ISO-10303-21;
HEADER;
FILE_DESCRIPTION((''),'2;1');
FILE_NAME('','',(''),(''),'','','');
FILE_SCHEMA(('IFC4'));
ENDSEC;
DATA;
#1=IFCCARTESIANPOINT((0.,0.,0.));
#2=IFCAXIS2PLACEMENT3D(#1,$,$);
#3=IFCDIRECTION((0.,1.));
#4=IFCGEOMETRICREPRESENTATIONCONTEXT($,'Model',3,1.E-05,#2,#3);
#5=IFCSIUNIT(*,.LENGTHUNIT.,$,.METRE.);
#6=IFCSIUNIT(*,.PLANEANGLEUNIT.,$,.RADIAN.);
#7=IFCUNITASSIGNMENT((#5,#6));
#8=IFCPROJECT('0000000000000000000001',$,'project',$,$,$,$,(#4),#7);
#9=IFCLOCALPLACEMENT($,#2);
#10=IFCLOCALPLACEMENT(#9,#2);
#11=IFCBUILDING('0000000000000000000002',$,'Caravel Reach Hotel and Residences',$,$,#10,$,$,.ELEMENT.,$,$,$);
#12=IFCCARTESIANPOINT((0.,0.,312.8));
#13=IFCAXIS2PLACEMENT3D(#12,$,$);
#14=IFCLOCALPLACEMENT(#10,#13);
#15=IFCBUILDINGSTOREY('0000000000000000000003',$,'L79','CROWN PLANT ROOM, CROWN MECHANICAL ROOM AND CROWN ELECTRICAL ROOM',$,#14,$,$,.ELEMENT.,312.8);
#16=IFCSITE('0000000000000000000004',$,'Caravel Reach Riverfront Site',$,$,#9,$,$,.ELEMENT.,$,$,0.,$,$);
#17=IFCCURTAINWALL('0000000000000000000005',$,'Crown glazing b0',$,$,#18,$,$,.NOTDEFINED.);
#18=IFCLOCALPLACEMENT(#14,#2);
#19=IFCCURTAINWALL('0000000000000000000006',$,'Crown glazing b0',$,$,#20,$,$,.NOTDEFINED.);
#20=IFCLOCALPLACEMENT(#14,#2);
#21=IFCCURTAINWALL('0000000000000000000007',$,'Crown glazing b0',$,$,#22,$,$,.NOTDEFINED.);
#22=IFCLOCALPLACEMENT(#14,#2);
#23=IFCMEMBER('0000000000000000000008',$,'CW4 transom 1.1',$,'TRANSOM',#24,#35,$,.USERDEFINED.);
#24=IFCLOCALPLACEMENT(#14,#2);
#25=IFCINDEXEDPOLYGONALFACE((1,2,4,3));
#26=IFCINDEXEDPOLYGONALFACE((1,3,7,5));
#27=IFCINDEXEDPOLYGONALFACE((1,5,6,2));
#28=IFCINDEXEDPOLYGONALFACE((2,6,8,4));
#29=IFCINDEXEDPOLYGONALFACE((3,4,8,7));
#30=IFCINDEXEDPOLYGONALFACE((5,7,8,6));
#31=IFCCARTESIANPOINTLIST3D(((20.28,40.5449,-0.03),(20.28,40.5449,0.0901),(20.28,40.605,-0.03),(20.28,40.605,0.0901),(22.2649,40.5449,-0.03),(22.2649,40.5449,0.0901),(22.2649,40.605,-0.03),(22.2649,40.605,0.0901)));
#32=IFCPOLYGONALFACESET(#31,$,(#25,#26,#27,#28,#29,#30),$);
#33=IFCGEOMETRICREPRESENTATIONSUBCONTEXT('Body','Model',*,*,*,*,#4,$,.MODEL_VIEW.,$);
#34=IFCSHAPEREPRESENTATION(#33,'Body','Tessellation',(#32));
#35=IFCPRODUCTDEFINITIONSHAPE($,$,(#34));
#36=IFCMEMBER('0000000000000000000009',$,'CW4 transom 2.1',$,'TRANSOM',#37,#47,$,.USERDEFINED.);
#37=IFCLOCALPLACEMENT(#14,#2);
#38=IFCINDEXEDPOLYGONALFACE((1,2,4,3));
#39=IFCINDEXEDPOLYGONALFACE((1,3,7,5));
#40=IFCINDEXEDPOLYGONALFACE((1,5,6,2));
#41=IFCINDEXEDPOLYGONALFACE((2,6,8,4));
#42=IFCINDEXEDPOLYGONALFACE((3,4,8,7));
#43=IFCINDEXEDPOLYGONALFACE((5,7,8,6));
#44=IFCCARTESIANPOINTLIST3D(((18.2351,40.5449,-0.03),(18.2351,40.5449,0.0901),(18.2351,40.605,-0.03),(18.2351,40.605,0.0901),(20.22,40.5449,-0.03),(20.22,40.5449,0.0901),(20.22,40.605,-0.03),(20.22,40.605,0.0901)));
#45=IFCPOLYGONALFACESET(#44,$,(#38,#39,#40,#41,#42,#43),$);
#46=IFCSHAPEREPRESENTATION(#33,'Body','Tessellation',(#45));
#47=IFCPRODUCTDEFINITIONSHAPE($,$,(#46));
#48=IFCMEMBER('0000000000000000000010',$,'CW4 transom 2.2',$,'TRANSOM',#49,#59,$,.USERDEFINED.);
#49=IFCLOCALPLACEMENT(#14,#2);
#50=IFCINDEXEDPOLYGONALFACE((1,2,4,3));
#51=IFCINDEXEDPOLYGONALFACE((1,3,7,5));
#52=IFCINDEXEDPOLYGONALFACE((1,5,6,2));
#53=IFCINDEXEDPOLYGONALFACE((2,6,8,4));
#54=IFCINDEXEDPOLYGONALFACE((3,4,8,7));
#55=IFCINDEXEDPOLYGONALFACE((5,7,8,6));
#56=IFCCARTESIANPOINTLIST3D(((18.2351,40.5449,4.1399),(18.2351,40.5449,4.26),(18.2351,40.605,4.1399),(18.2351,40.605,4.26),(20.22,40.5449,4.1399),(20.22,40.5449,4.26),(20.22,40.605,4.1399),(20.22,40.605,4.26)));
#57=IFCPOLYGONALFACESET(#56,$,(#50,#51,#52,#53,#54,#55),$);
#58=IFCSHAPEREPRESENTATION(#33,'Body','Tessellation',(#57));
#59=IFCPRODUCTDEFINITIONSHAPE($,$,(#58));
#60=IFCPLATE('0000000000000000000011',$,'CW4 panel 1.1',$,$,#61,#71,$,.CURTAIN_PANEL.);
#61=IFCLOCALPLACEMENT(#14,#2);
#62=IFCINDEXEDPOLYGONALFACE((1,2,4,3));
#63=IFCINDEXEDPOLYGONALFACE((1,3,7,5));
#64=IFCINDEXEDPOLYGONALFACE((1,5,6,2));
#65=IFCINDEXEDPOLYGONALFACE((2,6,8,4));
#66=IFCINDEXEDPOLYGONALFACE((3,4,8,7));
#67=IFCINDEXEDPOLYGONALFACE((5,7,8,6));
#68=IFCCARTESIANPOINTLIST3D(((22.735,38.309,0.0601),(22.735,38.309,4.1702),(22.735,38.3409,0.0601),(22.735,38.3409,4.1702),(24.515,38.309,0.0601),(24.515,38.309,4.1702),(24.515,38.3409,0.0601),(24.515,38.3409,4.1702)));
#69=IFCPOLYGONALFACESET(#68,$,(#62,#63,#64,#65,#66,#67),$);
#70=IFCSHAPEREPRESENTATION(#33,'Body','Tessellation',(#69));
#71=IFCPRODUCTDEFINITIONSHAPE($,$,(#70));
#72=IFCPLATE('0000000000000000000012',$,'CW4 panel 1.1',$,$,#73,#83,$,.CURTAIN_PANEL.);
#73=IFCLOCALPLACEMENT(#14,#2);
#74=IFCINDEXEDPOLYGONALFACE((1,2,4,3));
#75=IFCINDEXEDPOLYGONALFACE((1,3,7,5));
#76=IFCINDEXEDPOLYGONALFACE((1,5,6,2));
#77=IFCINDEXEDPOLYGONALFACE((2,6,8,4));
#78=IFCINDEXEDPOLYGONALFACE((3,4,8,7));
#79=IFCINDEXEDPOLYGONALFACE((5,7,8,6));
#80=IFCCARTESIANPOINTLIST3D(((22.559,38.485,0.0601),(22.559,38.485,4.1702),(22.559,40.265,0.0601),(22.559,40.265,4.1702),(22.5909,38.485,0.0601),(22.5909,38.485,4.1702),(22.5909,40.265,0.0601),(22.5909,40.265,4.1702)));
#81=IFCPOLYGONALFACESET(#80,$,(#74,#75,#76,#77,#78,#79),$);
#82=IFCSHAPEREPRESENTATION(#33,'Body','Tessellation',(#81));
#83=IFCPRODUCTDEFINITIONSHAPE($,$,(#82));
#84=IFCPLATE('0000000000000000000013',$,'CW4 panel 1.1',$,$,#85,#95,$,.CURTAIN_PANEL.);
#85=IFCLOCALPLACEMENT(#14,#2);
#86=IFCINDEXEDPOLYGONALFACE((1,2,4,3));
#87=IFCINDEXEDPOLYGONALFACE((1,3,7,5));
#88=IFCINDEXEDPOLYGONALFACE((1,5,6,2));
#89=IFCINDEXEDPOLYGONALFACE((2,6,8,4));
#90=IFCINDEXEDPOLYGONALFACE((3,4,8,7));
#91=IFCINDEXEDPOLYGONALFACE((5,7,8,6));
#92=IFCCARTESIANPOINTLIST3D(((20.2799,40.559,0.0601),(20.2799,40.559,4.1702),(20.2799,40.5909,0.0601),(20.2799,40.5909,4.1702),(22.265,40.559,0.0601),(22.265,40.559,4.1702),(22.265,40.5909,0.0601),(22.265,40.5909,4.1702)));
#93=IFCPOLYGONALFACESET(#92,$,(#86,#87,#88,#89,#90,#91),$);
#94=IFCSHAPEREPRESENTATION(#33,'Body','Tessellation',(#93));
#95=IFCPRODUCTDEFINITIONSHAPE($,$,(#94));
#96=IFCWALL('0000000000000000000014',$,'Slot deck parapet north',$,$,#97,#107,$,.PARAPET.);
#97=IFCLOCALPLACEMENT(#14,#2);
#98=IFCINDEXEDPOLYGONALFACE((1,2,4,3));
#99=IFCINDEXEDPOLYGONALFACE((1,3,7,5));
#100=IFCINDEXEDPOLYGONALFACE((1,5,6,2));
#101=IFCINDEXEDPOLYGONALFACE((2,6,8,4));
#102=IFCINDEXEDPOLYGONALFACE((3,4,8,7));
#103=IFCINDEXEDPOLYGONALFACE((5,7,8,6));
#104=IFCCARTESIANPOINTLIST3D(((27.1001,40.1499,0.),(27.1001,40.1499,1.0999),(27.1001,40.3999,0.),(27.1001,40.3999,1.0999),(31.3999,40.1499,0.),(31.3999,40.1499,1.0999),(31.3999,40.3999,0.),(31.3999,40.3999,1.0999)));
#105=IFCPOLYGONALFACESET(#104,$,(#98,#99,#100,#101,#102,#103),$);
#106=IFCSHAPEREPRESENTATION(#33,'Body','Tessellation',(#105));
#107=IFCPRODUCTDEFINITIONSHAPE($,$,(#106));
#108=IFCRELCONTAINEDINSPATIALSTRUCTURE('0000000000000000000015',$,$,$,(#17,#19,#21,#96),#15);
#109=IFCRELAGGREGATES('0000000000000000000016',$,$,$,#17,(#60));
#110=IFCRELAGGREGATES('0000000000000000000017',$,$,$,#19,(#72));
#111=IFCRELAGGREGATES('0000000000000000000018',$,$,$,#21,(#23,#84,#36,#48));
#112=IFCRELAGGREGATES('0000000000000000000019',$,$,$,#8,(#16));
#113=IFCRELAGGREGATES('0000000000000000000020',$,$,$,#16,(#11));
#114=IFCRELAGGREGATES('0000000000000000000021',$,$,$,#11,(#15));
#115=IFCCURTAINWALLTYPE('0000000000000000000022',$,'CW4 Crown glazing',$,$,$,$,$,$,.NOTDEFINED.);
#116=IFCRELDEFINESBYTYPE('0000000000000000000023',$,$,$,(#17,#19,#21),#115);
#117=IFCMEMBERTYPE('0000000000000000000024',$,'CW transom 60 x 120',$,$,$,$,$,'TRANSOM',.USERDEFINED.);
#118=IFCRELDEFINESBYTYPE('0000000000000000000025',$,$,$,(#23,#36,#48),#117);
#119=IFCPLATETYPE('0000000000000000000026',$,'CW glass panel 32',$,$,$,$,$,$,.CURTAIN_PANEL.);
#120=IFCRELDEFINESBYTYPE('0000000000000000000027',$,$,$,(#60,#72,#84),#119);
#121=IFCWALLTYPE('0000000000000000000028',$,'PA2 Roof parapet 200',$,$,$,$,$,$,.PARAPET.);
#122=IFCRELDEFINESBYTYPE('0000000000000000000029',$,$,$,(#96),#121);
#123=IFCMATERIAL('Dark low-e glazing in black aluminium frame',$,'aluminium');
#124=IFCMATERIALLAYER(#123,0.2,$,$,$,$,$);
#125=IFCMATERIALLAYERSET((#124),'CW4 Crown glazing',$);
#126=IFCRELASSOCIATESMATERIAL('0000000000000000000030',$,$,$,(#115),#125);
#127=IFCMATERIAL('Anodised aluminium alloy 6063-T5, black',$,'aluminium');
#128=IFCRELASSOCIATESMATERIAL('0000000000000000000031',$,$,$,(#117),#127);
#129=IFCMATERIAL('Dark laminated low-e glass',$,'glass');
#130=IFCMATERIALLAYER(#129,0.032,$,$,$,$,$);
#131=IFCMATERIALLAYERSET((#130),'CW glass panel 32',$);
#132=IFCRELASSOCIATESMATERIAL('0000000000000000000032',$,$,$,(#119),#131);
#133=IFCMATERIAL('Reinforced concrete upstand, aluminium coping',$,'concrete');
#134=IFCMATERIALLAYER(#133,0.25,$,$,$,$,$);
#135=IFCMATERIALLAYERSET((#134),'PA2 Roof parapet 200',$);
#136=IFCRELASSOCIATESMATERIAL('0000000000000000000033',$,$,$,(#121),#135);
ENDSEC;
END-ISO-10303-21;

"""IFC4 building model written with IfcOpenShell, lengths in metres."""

from ifc_helpers import new_model, si_unit, direction, frame, frame_2d, origin, origin_2d, place, context, subcontext, project, spatial, rectangle, extrude, material, layer, layer_set, material_profile, profile_set, type_object, element, aggregate, save


model = new_model("IFC4")

# Units and contexts
model_context = context("Model", 3, precision=1e-05, world=origin(), true_north=direction((0.0, 1.0)))
body_context = subcontext(model_context, "Body", "Model", "MODEL_VIEW")
ifc_project = project(units=[si_unit("LENGTHUNIT", "METRE"), si_unit("PLANEANGLEUNIT", "RADIAN")], contexts=[model_context])

# Site, building, storey
site_placement = place(None, origin())
site = spatial("IfcSite", under=ifc_project, at=site_placement, Name="Caravel Reach Riverfront Site", CompositionType="ELEMENT", RefElevation=0.0)
building_placement = place(site_placement, origin())
building = spatial("IfcBuilding", under=site, at=building_placement, Name="Caravel Reach Hotel and Residences", CompositionType="ELEMENT")
storey_placement = place(building_placement, frame((0.0, 0.0, 312.8)))
storey = spatial("IfcBuildingStorey", under=building, at=storey_placement, Name="L79", Description="CROWN PLANT ROOM, CROWN MECHANICAL ROOM AND CROWN ELECTRICAL ROOM", CompositionType="ELEMENT", Elevation=312.8)

# Shared definitions
ifc_material_1 = material(Name="Dark low-e glazing in black aluminium frame", Category="aluminium")
ifc_layer_1 = layer(ifc_material_1, 0.2)
ifc_layer_set_1 = layer_set([ifc_layer_1], Name="CW4 Crown glazing")
curtain_wall_type = type_object("IfcCurtainWallType", Name="CW4 Crown glazing", PredefinedType="NOTDEFINED", material=ifc_layer_set_1)

# Curtain walls
curtain_wall_1_placement = place(storey_placement, origin())
curtain_wall_1 = element("IfcCurtainWall", 1, at=curtain_wall_1_placement, inside=storey, type_object=curtain_wall_type, Name="Crown glazing b0", PredefinedType="NOTDEFINED")
curtain_wall_2_placement = place(storey_placement, origin())
curtain_wall_2 = element("IfcCurtainWall", 2, at=curtain_wall_2_placement, inside=storey, type_object=curtain_wall_type, Name="Crown glazing b0", PredefinedType="NOTDEFINED")
curtain_wall_3_placement = place(storey_placement, origin())
curtain_wall_3 = element("IfcCurtainWall", 3, at=curtain_wall_3_placement, inside=storey, type_object=curtain_wall_type, Name="Crown glazing b0", PredefinedType="NOTDEFINED")

# Members
ifc_material_2 = material(Name="Anodised aluminium alloy 6063-T5, black", Category="aluminium")
ifc_material_profile_1 = material_profile(ifc_material_2, rectangle(XDim=0.0601, YDim=0.1201, at=origin_2d()), Name="CW transom 60 x 120")
ifc_profile_set_1 = profile_set([ifc_material_profile_1], Name="Anodised aluminium alloy 6063-T5, black")
member_type_1 = type_object("IfcMemberType", Name="CW transom 60 x 120", ElementType="TRANSOM", PredefinedType="USERDEFINED", material=ifc_profile_set_1)
member_1_placement = place(storey_placement, frame((22.2649, 40.575, 0.03), z_axis=(-1.0, 0.0, 0.0), x_axis=(0.0, -1.0, 0.0)))
member_1 = element("IfcMember", 4, at=member_1_placement, type_object=member_type_1, Name="CW4 transom 1.1", ObjectType="TRANSOM", PredefinedType="USERDEFINED", context=body_context, shape_type="SweptSolid", body=[
    extrude(rectangle(XDim=0.0601, YDim=0.1201, at=origin_2d()), origin(), (0.0, 0.0, 1.0), 1.9849),
])
member_2_placement = place(storey_placement, frame((20.22, 40.575, 0.03), z_axis=(-1.0, 0.0, 0.0), x_axis=(0.0, -1.0, 0.0)))
member_2 = element("IfcMember", 5, at=member_2_placement, type_object=member_type_1, Name="CW4 transom 2.1", ObjectType="TRANSOM", PredefinedType="USERDEFINED", context=body_context, shape_type="SweptSolid", body=[
    extrude(rectangle(XDim=0.0601, YDim=0.1201, at=origin_2d()), origin(), (0.0, 0.0, 1.0), 1.9849),
])
member_3_placement = place(storey_placement, frame((20.22, 40.575, 4.2), z_axis=(-1.0, 0.0, 0.0), x_axis=(0.0, -1.0, 0.0)))
member_3 = element("IfcMember", 6, at=member_3_placement, type_object=member_type_1, Name="CW4 transom 2.2", ObjectType="TRANSOM", PredefinedType="USERDEFINED", context=body_context, shape_type="SweptSolid", body=[
    extrude(rectangle(XDim=0.0601, YDim=0.1201, at=origin_2d()), origin(), (0.0, 0.0, 1.0), 1.9849),
])

# Plates
ifc_material_3 = material(Name="Dark laminated low-e glass", Category="glass")
ifc_layer_2 = layer(ifc_material_3, 0.032)
ifc_layer_set_2 = layer_set([ifc_layer_2], Name="CW glass panel 32")
plate_type = type_object("IfcPlateType", Name="CW glass panel 32", PredefinedType="CURTAIN_PANEL", material=ifc_layer_set_2)
plate_1_placement = place(storey_placement, frame((23.625, 38.325, 0.0601), z_axis=(0.0, 0.0, 1.0), x_axis=(-1.0, 0.0, 0.0)))
plate_1 = element("IfcPlate", 7, at=plate_1_placement, type_object=plate_type, Name="CW4 panel 1.1", PredefinedType="CURTAIN_PANEL", context=body_context, shape_type="SweptSolid", body=[
    extrude(rectangle(XDim=1.78, YDim=0.032, at=origin_2d()), origin(), (0.0, 0.0, 1.0), 4.1101),
])
aggregate(curtain_wall_1, [plate_1])
plate_2_placement = place(storey_placement, frame((22.575, 39.375, 0.0601), z_axis=(0.0, 0.0, 1.0), x_axis=(0.0, 1.0, 0.0)))
plate_2 = element("IfcPlate", 8, at=plate_2_placement, type_object=plate_type, Name="CW4 panel 1.1", PredefinedType="CURTAIN_PANEL", context=body_context, shape_type="SweptSolid", body=[
    extrude(rectangle(XDim=1.78, YDim=0.032, at=origin_2d()), origin(), (0.0, 0.0, 1.0), 4.1101),
])
aggregate(curtain_wall_2, [plate_2])
plate_3_placement = place(storey_placement, frame((21.2725, 40.575, 0.0601), z_axis=(0.0, 0.0, 1.0), x_axis=(-1.0, 0.0, 0.0)))
plate_3 = element("IfcPlate", 9, at=plate_3_placement, type_object=plate_type, Name="CW4 panel 1.1", PredefinedType="CURTAIN_PANEL", context=body_context, shape_type="SweptSolid", body=[
    extrude(rectangle(XDim=1.9851, YDim=0.032, at=origin_2d()), origin(), (0.0, 0.0, 1.0), 4.1101),
])
aggregate(curtain_wall_3, [member_1, plate_3, member_2, member_3])

# Wall
ifc_material_4 = material(Name="Reinforced concrete upstand, aluminium coping", Category="concrete")
ifc_layer_3 = layer(ifc_material_4, 0.25)
ifc_layer_set_3 = layer_set([ifc_layer_3], Name="PA2 Roof parapet 200")
wall_type = type_object("IfcWallType", Name="PA2 Roof parapet 200", PredefinedType="PARAPET", material=ifc_layer_set_3)
wall_placement = place(storey_placement, frame((27.1001, 40.2749, 0.0), z_axis=(0.0, 0.0, 1.0), x_axis=(1.0, 0.0, 0.0)))
element("IfcWall", 10, at=wall_placement, inside=storey, type_object=wall_type, Name="Slot deck parapet north", PredefinedType="PARAPET", context=body_context, shape_type="SweptSolid", body=[
    extrude(rectangle(XDim=4.2998, YDim=0.25, at=frame_2d((2.1499, 0.0))), origin(), (0.0, 0.0, 1.0), 1.0999),
])

save(model, "model.ifc")
